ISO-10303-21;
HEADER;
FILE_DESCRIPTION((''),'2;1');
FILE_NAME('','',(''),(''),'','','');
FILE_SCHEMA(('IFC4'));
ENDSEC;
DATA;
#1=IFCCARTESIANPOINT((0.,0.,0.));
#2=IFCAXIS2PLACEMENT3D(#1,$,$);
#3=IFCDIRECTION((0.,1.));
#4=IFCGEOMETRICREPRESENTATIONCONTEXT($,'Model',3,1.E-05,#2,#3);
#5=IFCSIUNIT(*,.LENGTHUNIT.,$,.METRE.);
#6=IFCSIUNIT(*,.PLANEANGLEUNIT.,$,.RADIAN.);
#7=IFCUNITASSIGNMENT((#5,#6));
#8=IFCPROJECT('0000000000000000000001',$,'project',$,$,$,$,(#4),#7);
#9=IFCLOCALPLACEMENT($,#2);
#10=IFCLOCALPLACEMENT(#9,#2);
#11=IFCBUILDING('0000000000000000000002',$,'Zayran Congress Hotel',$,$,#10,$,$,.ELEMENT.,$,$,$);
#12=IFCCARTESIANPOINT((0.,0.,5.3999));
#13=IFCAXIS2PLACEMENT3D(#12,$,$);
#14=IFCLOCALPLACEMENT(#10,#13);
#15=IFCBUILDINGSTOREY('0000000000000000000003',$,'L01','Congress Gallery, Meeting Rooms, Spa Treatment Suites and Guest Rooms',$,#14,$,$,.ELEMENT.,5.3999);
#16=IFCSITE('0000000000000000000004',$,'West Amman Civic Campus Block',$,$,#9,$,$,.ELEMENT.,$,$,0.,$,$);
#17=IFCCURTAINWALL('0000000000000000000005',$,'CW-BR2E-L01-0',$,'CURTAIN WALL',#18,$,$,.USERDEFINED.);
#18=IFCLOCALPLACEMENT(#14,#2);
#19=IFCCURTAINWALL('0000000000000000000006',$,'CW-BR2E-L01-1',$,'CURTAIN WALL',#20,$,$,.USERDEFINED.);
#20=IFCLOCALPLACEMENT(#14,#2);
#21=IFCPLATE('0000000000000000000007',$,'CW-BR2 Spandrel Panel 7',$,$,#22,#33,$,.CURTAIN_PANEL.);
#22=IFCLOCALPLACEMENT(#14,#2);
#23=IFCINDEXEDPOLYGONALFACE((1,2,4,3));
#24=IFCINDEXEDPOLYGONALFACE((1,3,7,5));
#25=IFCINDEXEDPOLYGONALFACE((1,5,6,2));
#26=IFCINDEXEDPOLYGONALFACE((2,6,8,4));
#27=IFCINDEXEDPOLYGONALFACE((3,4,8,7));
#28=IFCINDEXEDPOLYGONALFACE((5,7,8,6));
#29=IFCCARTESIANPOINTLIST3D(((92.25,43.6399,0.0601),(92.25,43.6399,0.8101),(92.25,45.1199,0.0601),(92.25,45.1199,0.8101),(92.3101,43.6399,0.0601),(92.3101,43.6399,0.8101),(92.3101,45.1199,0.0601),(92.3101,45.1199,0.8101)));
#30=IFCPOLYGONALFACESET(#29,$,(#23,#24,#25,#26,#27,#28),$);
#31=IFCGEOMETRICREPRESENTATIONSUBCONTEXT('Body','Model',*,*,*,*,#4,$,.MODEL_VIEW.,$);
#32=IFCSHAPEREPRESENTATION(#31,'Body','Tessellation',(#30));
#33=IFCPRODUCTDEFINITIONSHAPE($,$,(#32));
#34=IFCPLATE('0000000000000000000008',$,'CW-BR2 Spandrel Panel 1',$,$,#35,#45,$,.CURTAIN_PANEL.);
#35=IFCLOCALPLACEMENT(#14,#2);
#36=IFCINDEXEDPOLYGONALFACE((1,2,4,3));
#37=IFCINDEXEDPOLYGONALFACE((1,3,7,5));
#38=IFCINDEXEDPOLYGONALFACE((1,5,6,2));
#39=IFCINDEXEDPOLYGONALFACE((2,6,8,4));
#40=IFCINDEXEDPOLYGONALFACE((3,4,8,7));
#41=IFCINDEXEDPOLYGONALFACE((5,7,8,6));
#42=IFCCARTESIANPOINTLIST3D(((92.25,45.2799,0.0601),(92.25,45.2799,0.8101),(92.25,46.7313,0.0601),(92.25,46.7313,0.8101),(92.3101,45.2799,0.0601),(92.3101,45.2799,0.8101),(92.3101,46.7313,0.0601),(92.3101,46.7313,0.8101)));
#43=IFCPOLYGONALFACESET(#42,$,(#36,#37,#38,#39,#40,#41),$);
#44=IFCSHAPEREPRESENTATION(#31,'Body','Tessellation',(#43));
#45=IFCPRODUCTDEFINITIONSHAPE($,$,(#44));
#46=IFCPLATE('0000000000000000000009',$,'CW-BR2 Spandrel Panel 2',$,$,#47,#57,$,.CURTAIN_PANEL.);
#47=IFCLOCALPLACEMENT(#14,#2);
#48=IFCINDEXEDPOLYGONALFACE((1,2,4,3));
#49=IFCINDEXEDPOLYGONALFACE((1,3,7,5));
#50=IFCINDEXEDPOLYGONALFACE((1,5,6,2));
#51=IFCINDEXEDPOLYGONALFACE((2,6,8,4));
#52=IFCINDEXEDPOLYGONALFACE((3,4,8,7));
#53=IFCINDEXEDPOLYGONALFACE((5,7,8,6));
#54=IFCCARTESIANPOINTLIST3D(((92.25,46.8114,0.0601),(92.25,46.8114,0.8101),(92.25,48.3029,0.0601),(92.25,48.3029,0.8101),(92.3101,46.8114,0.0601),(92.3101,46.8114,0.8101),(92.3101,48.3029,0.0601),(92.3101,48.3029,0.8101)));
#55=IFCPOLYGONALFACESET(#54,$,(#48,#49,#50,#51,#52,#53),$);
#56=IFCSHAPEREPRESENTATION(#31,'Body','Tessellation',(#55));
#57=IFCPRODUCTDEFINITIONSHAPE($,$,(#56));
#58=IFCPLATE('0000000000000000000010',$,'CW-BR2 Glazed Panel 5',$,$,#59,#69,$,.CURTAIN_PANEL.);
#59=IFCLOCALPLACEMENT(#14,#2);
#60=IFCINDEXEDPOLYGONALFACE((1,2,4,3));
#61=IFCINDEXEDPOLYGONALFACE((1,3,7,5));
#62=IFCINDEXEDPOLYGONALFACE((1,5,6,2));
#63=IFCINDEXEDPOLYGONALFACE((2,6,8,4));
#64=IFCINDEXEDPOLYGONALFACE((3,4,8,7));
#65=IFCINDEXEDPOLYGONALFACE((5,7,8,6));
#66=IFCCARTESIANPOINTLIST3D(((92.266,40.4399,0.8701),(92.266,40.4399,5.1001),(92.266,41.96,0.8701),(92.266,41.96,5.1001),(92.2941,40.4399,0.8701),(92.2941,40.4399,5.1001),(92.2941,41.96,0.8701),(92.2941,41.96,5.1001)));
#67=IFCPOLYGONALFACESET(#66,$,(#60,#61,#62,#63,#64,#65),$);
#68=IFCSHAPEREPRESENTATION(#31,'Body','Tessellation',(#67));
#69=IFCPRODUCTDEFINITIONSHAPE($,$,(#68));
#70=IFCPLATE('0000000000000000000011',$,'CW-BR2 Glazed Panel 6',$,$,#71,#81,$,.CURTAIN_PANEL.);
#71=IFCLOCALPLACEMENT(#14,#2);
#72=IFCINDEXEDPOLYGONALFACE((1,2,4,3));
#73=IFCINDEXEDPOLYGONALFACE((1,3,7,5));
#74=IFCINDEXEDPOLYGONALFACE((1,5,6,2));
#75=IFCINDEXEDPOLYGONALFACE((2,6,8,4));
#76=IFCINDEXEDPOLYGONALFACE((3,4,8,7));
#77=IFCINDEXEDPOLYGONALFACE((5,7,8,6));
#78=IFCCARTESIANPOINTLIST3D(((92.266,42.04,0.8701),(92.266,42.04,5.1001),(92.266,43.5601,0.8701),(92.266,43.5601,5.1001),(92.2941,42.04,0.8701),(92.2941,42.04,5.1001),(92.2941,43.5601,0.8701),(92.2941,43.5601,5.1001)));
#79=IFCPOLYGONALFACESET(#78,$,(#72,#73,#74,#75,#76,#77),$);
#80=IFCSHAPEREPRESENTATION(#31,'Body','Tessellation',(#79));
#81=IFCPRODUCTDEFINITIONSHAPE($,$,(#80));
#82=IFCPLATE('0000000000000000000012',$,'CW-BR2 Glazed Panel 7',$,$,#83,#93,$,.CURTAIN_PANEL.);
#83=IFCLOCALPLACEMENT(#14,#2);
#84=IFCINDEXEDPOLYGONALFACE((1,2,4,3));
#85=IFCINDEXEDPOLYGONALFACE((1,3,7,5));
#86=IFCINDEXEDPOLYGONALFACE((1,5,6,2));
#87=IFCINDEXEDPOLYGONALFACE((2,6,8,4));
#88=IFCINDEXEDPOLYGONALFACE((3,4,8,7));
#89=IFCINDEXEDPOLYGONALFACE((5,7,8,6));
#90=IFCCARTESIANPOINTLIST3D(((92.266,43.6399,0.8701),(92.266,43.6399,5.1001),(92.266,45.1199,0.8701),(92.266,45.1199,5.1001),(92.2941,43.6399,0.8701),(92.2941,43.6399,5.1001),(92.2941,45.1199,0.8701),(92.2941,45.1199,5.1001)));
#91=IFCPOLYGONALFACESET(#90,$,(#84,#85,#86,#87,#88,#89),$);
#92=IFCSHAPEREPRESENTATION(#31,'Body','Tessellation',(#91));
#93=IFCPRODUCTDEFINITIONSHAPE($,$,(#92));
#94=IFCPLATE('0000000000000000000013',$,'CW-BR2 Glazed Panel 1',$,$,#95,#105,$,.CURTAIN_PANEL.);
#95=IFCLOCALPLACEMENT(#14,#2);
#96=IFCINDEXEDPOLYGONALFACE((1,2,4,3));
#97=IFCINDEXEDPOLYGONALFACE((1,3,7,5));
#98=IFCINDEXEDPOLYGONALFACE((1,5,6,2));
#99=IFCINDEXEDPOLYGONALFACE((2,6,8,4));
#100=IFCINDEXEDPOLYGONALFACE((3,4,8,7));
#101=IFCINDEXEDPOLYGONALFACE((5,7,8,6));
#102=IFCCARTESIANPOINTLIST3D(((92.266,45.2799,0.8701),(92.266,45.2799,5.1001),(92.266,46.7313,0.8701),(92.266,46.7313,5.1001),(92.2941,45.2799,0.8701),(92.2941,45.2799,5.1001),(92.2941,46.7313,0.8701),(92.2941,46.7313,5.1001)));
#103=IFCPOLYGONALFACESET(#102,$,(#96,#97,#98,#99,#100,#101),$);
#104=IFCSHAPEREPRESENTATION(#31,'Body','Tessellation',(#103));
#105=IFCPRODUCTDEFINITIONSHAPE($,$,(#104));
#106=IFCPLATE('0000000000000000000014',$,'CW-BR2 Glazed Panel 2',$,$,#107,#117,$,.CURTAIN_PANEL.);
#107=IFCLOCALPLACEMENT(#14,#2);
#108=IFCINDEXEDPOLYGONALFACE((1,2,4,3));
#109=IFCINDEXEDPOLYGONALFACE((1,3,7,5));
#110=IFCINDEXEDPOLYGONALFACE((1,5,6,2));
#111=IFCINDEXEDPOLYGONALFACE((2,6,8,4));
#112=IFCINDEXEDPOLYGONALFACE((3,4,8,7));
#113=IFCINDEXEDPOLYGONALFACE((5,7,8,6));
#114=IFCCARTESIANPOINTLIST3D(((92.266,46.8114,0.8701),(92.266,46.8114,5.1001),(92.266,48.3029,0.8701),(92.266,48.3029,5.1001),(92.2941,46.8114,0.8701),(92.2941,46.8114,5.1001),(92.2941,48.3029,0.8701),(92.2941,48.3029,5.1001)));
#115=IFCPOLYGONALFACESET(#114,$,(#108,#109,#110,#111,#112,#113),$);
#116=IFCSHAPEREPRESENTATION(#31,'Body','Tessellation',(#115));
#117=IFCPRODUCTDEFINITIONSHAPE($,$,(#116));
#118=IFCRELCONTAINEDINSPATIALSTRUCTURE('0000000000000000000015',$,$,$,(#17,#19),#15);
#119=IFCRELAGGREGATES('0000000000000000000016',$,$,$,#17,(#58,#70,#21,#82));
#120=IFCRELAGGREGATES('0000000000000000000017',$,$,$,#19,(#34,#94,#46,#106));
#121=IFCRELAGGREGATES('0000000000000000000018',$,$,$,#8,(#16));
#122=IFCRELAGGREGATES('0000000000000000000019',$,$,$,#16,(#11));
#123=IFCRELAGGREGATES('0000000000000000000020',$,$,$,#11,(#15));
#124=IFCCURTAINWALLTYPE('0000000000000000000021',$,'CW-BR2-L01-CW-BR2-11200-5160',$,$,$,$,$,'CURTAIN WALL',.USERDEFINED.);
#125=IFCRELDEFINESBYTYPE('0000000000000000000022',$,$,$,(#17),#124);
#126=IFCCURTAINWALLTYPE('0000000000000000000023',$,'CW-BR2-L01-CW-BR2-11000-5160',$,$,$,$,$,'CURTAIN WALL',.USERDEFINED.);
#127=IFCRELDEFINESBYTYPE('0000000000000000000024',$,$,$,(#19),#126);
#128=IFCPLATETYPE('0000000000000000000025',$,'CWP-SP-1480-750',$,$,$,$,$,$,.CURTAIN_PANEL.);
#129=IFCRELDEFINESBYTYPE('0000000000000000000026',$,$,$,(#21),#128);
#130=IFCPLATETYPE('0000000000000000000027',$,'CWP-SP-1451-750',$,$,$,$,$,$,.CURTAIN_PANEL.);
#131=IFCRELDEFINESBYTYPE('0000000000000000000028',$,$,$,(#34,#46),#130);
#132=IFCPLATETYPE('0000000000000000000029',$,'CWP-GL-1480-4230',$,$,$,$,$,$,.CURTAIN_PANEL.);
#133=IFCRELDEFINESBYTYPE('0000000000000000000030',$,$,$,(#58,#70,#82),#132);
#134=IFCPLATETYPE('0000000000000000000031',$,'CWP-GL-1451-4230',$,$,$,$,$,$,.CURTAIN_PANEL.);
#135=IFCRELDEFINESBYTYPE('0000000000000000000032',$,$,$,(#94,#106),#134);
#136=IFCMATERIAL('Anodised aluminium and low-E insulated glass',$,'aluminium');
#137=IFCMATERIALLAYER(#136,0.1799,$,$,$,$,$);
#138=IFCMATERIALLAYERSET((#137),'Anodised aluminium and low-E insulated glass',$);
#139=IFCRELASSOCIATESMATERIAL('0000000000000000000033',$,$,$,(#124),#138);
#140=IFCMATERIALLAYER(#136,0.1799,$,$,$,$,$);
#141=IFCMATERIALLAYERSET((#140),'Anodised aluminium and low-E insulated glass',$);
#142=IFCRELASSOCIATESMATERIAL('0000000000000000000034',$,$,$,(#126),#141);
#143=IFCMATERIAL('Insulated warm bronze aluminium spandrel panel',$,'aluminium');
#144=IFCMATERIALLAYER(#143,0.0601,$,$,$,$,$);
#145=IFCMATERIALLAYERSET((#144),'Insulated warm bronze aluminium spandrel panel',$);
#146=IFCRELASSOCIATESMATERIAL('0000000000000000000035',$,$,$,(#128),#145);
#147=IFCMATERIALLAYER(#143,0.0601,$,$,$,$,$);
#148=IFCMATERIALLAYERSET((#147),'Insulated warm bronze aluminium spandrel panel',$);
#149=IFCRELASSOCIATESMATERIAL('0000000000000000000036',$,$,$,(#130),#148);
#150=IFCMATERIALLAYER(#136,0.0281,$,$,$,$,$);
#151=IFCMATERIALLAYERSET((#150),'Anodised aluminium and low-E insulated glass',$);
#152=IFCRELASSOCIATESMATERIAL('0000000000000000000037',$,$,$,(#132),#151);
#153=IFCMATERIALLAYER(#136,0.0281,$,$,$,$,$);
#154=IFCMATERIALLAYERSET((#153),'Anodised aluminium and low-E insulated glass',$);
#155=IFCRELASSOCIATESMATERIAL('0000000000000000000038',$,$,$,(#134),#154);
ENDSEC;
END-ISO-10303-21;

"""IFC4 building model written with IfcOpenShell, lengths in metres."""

from ifc_helpers import new_model, si_unit, direction, frame, origin, origin_2d, place, context, subcontext, project, spatial, rectangle, extrude, material, layer, layer_set, type_object, element, aggregate, save


model = new_model("IFC4")

# Units and contexts
model_context = context("Model", 3, precision=1e-05, world=origin(), true_north=direction((0.0, 1.0)))
body_context = subcontext(model_context, "Body", "Model", "MODEL_VIEW")
ifc_project = project(units=[si_unit("LENGTHUNIT", "METRE"), si_unit("PLANEANGLEUNIT", "RADIAN")], contexts=[model_context])

# Site, building, storey
site_placement = place(None, origin())
site = spatial("IfcSite", under=ifc_project, at=site_placement, Name="West Amman Civic Campus Block", CompositionType="ELEMENT", RefElevation=0.0)
building_placement = place(site_placement, origin())
building = spatial("IfcBuilding", under=site, at=building_placement, Name="Zayran Congress Hotel", CompositionType="ELEMENT")
storey_placement = place(building_placement, frame((0.0, 0.0, 5.3999)))
storey = spatial("IfcBuildingStorey", under=building, at=storey_placement, Name="L01", Description="Congress Gallery, Meeting Rooms, Spa Treatment Suites and Guest Rooms", CompositionType="ELEMENT", Elevation=5.3999)

# Curtain walls
ifc_material_1 = material(Name="Anodised aluminium and low-E insulated glass", Category="aluminium")
ifc_layer_1 = layer(ifc_material_1, 0.1799)
ifc_layer_set_1 = layer_set([ifc_layer_1], Name="Anodised aluminium and low-E insulated glass")
curtain_wall_type_1 = type_object("IfcCurtainWallType", Name="CW-BR2-L01-CW-BR2-11200-5160", ElementType="CURTAIN WALL", PredefinedType="USERDEFINED", material=ifc_layer_set_1)
curtain_wall_1_placement = place(storey_placement, origin())
curtain_wall_1 = element("IfcCurtainWall", 1, at=curtain_wall_1_placement, inside=storey, type_object=curtain_wall_type_1, Name="CW-BR2E-L01-0", ObjectType="CURTAIN WALL", PredefinedType="USERDEFINED")
ifc_layer_2 = layer(ifc_material_1, 0.1799)
ifc_layer_set_2 = layer_set([ifc_layer_2], Name="Anodised aluminium and low-E insulated glass")
curtain_wall_type_2 = type_object("IfcCurtainWallType", Name="CW-BR2-L01-CW-BR2-11000-5160", ElementType="CURTAIN WALL", PredefinedType="USERDEFINED", material=ifc_layer_set_2)
curtain_wall_2_placement = place(storey_placement, origin())
curtain_wall_2 = element("IfcCurtainWall", 2, at=curtain_wall_2_placement, inside=storey, type_object=curtain_wall_type_2, Name="CW-BR2E-L01-1", ObjectType="CURTAIN WALL", PredefinedType="USERDEFINED")

# Plates
ifc_material_2 = material(Name="Insulated warm bronze aluminium spandrel panel", Category="aluminium")
ifc_layer_3 = layer(ifc_material_2, 0.0601)
ifc_layer_set_3 = layer_set([ifc_layer_3], Name="Insulated warm bronze aluminium spandrel panel")
plate_type_1 = type_object("IfcPlateType", Name="CWP-SP-1480-750", PredefinedType="CURTAIN_PANEL", material=ifc_layer_set_3)
plate_1_placement = place(storey_placement, frame((92.28, 44.3799, 0.0601), z_axis=(0.0, 0.0, 1.0), x_axis=(0.0, 1.0, 0.0)))
plate_1 = element("IfcPlate", 3, at=plate_1_placement, type_object=plate_type_1, Name="CW-BR2 Spandrel Panel 7", PredefinedType="CURTAIN_PANEL", context=body_context, shape_type="SweptSolid", body=[
    extrude(rectangle(XDim=1.48, YDim=0.0601, at=origin_2d()), origin(), (0.0, 0.0, 1.0), 0.75),
])
ifc_layer_4 = layer(ifc_material_2, 0.0601)
ifc_layer_set_4 = layer_set([ifc_layer_4], Name="Insulated warm bronze aluminium spandrel panel")
plate_type_2 = type_object("IfcPlateType", Name="CWP-SP-1451-750", PredefinedType="CURTAIN_PANEL", material=ifc_layer_set_4)
plate_2_placement = place(storey_placement, frame((92.28, 46.0056, 0.0601), z_axis=(0.0, 0.0, 1.0), x_axis=(0.0, 1.0, 0.0)))
plate_2 = element("IfcPlate", 4, at=plate_2_placement, type_object=plate_type_2, Name="CW-BR2 Spandrel Panel 1", PredefinedType="CURTAIN_PANEL", context=body_context, shape_type="SweptSolid", body=[
    extrude(rectangle(XDim=1.4514, YDim=0.0601, at=origin_2d()), origin(), (0.0, 0.0, 1.0), 0.75),
])
plate_3_placement = place(storey_placement, frame((92.28, 47.5571, 0.0601), z_axis=(0.0, 0.0, 1.0), x_axis=(0.0, 1.0, 0.0)))
plate_3 = element("IfcPlate", 5, at=plate_3_placement, type_object=plate_type_2, Name="CW-BR2 Spandrel Panel 2", PredefinedType="CURTAIN_PANEL", context=body_context, shape_type="SweptSolid", body=[
    extrude(rectangle(XDim=1.4915, YDim=0.0601, at=origin_2d()), origin(), (0.0, 0.0, 1.0), 0.75),
])
ifc_layer_5 = layer(ifc_material_1, 0.0281)
ifc_layer_set_5 = layer_set([ifc_layer_5], Name="Anodised aluminium and low-E insulated glass")
plate_type_3 = type_object("IfcPlateType", Name="CWP-GL-1480-4230", PredefinedType="CURTAIN_PANEL", material=ifc_layer_set_5)
plate_4_placement = place(storey_placement, frame((92.28, 41.2, 0.8701), z_axis=(0.0, 0.0, 1.0), x_axis=(0.0, 1.0, 0.0)))
plate_4 = element("IfcPlate", 6, at=plate_4_placement, type_object=plate_type_3, Name="CW-BR2 Glazed Panel 5", PredefinedType="CURTAIN_PANEL", context=body_context, shape_type="SweptSolid", body=[
    extrude(rectangle(XDim=1.52, YDim=0.0281, at=origin_2d()), origin(), (0.0, 0.0, 1.0), 4.23),
])
plate_5_placement = place(storey_placement, frame((92.28, 42.8, 0.8701), z_axis=(0.0, 0.0, 1.0), x_axis=(0.0, 1.0, 0.0)))
plate_5 = element("IfcPlate", 7, at=plate_5_placement, type_object=plate_type_3, Name="CW-BR2 Glazed Panel 6", PredefinedType="CURTAIN_PANEL", context=body_context, shape_type="SweptSolid", body=[
    extrude(rectangle(XDim=1.52, YDim=0.0281, at=origin_2d()), origin(), (0.0, 0.0, 1.0), 4.23),
])
plate_6_placement = place(storey_placement, frame((92.28, 44.3799, 0.8701), z_axis=(0.0, 0.0, 1.0), x_axis=(0.0, 1.0, 0.0)))
plate_6 = element("IfcPlate", 8, at=plate_6_placement, type_object=plate_type_3, Name="CW-BR2 Glazed Panel 7", PredefinedType="CURTAIN_PANEL", context=body_context, shape_type="SweptSolid", body=[
    extrude(rectangle(XDim=1.48, YDim=0.0281, at=origin_2d()), origin(), (0.0, 0.0, 1.0), 4.23),
])
aggregate(curtain_wall_1, [plate_4, plate_5, plate_1, plate_6])
ifc_layer_6 = layer(ifc_material_1, 0.0281)
ifc_layer_set_6 = layer_set([ifc_layer_6], Name="Anodised aluminium and low-E insulated glass")
plate_type_4 = type_object("IfcPlateType", Name="CWP-GL-1451-4230", PredefinedType="CURTAIN_PANEL", material=ifc_layer_set_6)
plate_7_placement = place(storey_placement, frame((92.28, 46.0056, 0.8701), z_axis=(0.0, 0.0, 1.0), x_axis=(0.0, 1.0, 0.0)))
plate_7 = element("IfcPlate", 9, at=plate_7_placement, type_object=plate_type_4, Name="CW-BR2 Glazed Panel 1", PredefinedType="CURTAIN_PANEL", context=body_context, shape_type="SweptSolid", body=[
    extrude(rectangle(XDim=1.4514, YDim=0.0281, at=origin_2d()), origin(), (0.0, 0.0, 1.0), 4.23),
])
plate_8_placement = place(storey_placement, frame((92.28, 47.5571, 0.8701), z_axis=(0.0, 0.0, 1.0), x_axis=(0.0, 1.0, 0.0)))
plate_8 = element("IfcPlate", 10, at=plate_8_placement, type_object=plate_type_4, Name="CW-BR2 Glazed Panel 2", PredefinedType="CURTAIN_PANEL", context=body_context, shape_type="SweptSolid", body=[
    extrude(rectangle(XDim=1.4915, YDim=0.0281, at=origin_2d()), origin(), (0.0, 0.0, 1.0), 4.23),
])
aggregate(curtain_wall_2, [plate_2, plate_7, plate_3, plate_8])

save(model, "model.ifc")
